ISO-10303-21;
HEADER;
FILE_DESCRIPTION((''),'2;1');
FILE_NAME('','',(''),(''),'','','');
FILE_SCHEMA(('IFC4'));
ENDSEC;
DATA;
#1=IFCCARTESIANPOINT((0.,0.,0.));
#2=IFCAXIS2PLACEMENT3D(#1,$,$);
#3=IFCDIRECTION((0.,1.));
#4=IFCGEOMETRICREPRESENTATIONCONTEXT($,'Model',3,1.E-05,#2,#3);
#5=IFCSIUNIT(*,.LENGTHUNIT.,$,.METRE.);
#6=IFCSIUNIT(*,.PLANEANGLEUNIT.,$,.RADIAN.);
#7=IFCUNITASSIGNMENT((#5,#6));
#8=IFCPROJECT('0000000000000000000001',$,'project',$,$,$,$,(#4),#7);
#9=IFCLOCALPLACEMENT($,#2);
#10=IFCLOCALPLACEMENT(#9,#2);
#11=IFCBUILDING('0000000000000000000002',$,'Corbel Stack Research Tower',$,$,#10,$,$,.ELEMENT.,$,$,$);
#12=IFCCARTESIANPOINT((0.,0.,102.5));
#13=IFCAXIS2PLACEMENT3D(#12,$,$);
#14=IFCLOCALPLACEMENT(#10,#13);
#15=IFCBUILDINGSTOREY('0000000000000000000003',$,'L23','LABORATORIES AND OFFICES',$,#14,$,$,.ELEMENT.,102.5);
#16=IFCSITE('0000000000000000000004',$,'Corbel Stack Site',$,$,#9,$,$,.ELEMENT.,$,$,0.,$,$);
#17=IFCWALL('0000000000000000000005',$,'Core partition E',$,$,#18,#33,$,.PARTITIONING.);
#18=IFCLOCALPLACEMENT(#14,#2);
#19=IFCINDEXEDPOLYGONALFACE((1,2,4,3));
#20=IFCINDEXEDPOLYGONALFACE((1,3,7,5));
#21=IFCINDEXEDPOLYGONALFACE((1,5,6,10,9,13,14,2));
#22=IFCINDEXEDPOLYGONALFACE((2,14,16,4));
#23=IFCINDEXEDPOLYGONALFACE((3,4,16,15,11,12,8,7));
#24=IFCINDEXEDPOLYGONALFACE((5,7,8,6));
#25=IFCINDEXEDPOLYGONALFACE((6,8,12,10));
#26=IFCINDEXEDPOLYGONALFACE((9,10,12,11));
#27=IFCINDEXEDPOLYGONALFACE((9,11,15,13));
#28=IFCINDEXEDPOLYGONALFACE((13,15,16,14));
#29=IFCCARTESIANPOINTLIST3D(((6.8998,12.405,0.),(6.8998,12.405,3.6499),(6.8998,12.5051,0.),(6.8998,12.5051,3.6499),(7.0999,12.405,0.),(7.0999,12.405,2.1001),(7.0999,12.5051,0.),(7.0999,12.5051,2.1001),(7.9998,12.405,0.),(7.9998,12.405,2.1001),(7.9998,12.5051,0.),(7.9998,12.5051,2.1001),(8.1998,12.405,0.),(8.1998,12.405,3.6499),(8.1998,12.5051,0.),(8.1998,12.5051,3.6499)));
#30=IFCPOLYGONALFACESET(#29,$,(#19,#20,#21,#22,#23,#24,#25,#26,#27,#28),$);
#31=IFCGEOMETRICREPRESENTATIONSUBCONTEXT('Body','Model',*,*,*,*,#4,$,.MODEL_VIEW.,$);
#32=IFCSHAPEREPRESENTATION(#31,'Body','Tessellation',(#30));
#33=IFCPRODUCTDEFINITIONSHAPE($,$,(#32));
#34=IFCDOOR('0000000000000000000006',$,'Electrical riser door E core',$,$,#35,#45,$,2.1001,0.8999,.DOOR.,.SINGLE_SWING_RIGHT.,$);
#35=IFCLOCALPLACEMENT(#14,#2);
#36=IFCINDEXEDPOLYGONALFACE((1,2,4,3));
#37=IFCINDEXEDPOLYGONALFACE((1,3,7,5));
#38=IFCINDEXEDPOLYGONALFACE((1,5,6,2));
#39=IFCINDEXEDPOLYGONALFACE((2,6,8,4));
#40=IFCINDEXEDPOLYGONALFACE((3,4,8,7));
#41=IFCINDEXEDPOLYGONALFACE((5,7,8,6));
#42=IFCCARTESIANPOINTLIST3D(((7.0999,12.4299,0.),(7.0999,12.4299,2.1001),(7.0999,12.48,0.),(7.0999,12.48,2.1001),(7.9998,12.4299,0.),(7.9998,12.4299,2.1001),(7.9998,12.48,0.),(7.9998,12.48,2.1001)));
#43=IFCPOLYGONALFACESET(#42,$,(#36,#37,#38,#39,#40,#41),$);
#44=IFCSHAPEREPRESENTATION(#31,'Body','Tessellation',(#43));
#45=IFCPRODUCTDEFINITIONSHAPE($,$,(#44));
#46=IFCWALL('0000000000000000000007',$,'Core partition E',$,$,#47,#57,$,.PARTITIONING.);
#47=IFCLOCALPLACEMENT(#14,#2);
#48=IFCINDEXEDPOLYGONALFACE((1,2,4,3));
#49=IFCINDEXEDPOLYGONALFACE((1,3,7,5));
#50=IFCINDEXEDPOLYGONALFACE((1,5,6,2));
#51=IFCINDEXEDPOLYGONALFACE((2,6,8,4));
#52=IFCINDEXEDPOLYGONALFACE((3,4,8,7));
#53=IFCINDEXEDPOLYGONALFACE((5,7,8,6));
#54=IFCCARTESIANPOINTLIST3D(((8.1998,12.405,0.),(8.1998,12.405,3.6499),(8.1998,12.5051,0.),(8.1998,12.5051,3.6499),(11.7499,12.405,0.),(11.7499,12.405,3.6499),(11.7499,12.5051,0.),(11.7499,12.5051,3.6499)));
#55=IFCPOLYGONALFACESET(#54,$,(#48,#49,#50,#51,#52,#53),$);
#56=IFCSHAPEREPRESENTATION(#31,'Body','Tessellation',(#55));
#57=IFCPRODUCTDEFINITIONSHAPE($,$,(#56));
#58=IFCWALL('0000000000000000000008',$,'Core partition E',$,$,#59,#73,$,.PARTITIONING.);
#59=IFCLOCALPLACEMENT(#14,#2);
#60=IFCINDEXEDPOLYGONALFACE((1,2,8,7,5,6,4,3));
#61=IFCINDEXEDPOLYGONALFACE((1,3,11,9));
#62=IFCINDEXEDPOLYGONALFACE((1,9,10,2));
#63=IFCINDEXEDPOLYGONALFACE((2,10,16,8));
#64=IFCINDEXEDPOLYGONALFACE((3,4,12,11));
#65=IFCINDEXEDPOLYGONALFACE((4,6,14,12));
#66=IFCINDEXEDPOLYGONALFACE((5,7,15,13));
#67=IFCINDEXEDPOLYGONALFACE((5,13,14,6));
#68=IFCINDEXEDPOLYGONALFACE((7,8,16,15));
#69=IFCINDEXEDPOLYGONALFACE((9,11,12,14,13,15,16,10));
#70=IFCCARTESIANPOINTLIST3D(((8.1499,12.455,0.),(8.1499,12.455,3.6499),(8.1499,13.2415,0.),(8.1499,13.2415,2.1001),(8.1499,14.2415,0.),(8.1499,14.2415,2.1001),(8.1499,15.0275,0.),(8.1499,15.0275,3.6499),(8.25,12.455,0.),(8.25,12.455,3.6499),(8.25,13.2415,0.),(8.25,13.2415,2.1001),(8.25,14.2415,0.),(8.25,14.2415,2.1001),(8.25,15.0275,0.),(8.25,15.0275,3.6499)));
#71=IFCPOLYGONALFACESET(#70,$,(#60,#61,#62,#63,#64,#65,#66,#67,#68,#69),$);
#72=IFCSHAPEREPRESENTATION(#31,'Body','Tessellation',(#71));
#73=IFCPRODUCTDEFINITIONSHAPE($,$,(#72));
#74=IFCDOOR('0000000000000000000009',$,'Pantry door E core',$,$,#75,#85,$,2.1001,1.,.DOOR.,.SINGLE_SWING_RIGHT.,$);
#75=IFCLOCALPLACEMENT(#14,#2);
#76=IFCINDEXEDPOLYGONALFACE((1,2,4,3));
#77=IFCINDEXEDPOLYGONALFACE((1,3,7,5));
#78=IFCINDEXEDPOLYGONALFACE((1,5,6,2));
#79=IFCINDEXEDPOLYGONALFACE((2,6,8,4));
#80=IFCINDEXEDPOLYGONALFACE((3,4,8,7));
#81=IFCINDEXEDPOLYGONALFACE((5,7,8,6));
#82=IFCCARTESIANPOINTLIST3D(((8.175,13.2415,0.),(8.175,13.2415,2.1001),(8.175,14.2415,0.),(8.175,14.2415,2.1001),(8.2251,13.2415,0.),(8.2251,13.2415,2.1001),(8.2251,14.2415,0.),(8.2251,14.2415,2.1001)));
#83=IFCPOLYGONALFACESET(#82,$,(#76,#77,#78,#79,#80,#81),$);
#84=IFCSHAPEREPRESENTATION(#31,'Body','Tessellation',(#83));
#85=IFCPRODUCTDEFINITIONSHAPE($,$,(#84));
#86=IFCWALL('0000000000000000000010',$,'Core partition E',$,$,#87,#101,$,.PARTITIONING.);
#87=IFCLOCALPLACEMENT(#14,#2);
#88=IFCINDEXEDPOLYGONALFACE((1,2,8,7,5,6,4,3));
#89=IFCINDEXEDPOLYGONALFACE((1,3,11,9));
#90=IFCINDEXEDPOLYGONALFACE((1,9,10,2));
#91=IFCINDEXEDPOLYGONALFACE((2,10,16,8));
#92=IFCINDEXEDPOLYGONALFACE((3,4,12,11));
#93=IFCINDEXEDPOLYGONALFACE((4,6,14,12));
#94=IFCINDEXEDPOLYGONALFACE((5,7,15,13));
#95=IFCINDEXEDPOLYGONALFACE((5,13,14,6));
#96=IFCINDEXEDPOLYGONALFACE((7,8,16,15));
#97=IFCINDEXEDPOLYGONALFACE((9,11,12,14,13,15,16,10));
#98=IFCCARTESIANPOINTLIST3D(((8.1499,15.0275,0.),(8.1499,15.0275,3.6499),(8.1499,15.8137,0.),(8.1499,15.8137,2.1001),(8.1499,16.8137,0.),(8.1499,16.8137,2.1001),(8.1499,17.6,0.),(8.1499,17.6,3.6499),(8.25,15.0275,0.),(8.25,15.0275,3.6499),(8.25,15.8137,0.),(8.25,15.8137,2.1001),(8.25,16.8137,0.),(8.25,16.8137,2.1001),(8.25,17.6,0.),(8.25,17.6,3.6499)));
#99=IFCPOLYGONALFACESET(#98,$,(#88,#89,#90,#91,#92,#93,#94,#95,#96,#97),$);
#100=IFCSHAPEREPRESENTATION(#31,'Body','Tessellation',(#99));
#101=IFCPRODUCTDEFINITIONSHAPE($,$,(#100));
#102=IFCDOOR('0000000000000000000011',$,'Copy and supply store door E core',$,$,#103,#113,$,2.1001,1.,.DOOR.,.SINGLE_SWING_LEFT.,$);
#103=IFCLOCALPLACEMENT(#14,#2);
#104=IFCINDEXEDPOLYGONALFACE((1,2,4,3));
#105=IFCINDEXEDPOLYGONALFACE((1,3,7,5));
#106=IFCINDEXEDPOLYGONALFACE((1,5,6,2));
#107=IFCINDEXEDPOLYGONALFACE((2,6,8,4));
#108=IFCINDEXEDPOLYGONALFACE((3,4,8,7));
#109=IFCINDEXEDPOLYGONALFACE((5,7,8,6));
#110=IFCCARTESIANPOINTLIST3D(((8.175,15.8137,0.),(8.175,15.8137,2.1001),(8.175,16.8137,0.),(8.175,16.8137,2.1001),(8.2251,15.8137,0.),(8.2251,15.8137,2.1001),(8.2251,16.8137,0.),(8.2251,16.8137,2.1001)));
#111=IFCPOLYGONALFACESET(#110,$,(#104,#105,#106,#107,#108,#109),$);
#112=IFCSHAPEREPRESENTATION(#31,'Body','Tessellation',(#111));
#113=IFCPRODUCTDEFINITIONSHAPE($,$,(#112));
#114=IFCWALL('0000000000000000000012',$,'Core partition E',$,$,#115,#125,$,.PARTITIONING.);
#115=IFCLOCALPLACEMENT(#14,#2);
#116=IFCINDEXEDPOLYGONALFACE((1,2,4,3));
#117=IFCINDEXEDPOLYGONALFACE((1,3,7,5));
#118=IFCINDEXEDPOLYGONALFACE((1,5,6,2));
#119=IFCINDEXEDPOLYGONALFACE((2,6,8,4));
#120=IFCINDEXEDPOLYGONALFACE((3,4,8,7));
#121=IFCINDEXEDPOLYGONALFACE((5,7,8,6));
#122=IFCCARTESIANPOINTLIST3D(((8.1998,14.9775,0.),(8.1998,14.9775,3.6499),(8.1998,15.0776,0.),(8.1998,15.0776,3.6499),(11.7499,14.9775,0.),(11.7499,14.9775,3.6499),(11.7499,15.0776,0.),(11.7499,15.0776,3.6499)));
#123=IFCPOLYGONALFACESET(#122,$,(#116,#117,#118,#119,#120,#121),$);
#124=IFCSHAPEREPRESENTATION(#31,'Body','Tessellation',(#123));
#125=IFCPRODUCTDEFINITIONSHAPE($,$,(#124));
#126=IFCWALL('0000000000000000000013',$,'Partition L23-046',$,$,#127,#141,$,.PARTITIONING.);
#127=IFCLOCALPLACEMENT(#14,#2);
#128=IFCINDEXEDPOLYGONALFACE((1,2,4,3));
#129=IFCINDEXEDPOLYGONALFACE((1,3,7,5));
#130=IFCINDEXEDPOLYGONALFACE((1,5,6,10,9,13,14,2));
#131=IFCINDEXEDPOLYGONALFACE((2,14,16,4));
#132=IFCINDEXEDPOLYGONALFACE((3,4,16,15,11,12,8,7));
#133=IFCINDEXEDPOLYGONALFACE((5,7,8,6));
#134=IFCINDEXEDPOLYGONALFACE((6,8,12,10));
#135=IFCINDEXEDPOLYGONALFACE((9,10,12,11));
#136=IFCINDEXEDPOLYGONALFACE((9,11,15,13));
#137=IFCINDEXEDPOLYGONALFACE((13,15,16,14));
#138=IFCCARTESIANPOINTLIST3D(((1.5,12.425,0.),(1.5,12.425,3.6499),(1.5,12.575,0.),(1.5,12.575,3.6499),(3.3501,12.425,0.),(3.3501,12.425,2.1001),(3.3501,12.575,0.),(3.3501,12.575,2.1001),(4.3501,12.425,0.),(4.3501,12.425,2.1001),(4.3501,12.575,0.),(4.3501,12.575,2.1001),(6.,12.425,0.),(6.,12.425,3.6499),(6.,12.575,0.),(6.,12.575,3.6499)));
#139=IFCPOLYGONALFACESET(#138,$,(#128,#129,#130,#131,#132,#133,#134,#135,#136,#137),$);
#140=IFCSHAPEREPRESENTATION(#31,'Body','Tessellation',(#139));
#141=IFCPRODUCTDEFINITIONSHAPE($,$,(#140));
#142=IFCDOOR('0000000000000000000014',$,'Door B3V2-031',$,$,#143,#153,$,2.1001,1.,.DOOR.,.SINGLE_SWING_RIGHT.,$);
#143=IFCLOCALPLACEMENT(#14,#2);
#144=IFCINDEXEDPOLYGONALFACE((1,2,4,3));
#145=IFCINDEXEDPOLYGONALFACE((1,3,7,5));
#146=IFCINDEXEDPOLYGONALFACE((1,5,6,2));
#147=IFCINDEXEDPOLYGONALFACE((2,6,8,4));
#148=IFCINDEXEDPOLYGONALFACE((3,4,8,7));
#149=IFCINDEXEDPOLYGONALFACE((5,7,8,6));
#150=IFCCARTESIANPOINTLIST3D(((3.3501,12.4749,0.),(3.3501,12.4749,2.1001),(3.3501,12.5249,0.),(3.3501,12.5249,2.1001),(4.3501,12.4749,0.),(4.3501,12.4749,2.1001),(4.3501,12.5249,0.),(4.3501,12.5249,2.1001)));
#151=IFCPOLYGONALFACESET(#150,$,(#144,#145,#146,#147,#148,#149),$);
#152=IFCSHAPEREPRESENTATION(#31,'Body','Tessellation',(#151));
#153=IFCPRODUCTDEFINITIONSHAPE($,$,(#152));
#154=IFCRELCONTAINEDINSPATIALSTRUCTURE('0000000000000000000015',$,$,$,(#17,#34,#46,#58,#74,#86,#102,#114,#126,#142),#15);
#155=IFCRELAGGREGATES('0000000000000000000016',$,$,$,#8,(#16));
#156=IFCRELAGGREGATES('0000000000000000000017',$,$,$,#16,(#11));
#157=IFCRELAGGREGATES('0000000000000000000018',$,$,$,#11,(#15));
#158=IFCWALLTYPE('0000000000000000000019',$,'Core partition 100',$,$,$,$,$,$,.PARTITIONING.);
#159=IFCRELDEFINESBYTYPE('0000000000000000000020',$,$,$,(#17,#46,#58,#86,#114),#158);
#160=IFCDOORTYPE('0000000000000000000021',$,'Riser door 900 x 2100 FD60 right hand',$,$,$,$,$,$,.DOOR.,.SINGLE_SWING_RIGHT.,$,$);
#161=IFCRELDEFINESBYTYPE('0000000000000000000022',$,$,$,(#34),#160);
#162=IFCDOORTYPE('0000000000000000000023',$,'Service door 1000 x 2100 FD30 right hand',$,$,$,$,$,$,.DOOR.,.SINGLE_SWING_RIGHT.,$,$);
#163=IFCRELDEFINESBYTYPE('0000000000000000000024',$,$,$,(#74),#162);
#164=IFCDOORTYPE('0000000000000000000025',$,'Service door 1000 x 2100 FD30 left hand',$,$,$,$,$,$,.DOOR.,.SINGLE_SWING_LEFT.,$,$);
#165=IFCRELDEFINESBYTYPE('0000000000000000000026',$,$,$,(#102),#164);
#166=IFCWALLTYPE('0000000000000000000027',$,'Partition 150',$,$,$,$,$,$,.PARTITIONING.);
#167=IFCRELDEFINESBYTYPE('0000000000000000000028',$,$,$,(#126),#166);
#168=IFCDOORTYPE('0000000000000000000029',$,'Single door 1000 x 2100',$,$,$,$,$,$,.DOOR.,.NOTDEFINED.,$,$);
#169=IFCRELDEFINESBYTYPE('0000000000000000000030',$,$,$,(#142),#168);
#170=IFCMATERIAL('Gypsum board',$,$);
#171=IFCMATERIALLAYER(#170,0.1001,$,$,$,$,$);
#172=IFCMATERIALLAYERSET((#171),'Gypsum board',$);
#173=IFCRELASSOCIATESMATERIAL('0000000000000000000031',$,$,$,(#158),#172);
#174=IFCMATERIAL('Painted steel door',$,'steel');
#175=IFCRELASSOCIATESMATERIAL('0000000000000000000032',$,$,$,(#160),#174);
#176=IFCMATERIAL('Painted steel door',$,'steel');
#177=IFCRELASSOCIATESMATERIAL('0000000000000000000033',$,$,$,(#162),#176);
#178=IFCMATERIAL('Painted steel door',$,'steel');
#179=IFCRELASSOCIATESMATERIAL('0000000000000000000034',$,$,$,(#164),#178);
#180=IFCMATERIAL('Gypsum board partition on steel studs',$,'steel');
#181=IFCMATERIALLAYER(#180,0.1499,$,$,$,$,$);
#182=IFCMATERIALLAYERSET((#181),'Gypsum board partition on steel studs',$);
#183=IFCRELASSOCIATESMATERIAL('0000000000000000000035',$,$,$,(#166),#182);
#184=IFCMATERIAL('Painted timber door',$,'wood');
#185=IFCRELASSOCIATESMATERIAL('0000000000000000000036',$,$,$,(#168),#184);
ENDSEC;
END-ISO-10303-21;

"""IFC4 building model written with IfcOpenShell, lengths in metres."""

from ifc_helpers import new_model, si_unit, direction, frame, frame_2d, origin, place, context, subcontext, project, spatial, rectangle, extrude, material, layer, layer_set, type_object, element, fill, save


model = new_model("IFC4")

# Units and contexts
model_context = context("Model", 3, precision=1e-05, world=origin(), true_north=direction((0.0, 1.0)))
body_context = subcontext(model_context, "Body", "Model", "MODEL_VIEW")
ifc_project = project(units=[si_unit("LENGTHUNIT", "METRE"), si_unit("PLANEANGLEUNIT", "RADIAN")], contexts=[model_context])

# Site, building, storey
site_placement = place(None, origin())
site = spatial("IfcSite", under=ifc_project, at=site_placement, Name="Corbel Stack Site", CompositionType="ELEMENT", RefElevation=0.0)
building_placement = place(site_placement, origin())
building = spatial("IfcBuilding", under=site, at=building_placement, Name="Corbel Stack Research Tower", CompositionType="ELEMENT")
storey_placement = place(building_placement, frame((0.0, 0.0, 102.5)))
storey = spatial("IfcBuildingStorey", under=building, at=storey_placement, Name="L23", Description="LABORATORIES AND OFFICES", CompositionType="ELEMENT", Elevation=102.5)

# Wall, opening, door
ifc_material_1 = material(Name="Gypsum board")
ifc_layer_1 = layer(ifc_material_1, 0.1001)
ifc_layer_set_1 = layer_set([ifc_layer_1], Name="Gypsum board")
wall_type_1 = type_object("IfcWallType", Name="Core partition 100", PredefinedType="PARTITIONING", material=ifc_layer_set_1)
wall_1_placement = place(storey_placement, frame((6.8999, 12.4551, 0.0), z_axis=(0.0, 0.0, 1.0), x_axis=(1.0, 0.0, 0.0)))
wall_1 = element("IfcWall", 1, at=wall_1_placement, inside=storey, type_object=wall_type_1, Name="Core partition E", PredefinedType="PARTITIONING", context=body_context, shape_type="SweptSolid", body=[
    extrude(rectangle(XDim=1.3, YDim=0.1001, at=frame_2d((0.6499, 0.0))), origin(), (0.0, 0.0, 1.0), 3.6499),
])
opening_1_placement = place(wall_1_placement, frame((0.2, 0.0, 0.0)))
opening_1 = element("IfcOpeningElement", 2, at=opening_1_placement, cuts=wall_1, PredefinedType="OPENING", context=body_context, shape_type="SweptSolid", body=[
    extrude(rectangle(XDim=0.8999, YDim=2.1001, at=frame_2d((0.45, 1.05))), frame((0.0, 0.0601, 0.0), z_axis=(0.0, -1.0, 0.0), x_axis=(1.0, 0.0, 0.0)), (0.0, 0.0, 1.0), 0.1201),
])
ifc_material_2 = material(Name="Painted steel door", Category="steel")
door_type_1 = type_object("IfcDoorType", Name="Riser door 900 x 2100 FD60 right hand", OperationType="SINGLE_SWING_RIGHT", PredefinedType="DOOR", material=ifc_material_2)
door_1_placement = place(opening_1_placement, origin())
door_1 = element("IfcDoor", 3, at=door_1_placement, inside=storey, type_object=door_type_1, Name="Electrical riser door E core", OperationType="SINGLE_SWING_RIGHT", OverallHeight=2.1001, OverallWidth=0.8999, PredefinedType="DOOR", context=body_context, shape_type="SweptSolid", body=[
    extrude(rectangle(XDim=0.8999, YDim=2.1001, at=frame_2d((0.45, 1.05))), frame((0.0, 0.0249, 0.0), z_axis=(0.0, -1.0, 0.0), x_axis=(1.0, 0.0, 0.0)), (0.0, 0.0, 1.0), 0.05),
])
fill(opening_1, door_1)

# Wall
wall_2_placement = place(storey_placement, frame((8.2, 12.4551, 0.0), z_axis=(0.0, 0.0, 1.0), x_axis=(1.0, 0.0, 0.0)))
element("IfcWall", 4, at=wall_2_placement, inside=storey, type_object=wall_type_1, Name="Core partition E", PredefinedType="PARTITIONING", context=body_context, shape_type="SweptSolid", body=[
    extrude(rectangle(XDim=3.55, YDim=0.1001, at=frame_2d((1.7749, 0.0))), origin(), (0.0, 0.0, 1.0), 3.6499),
])

# Walls, openings, doors
wall_3_placement = place(storey_placement, frame((8.2, 12.4551, 0.0), z_axis=(0.0, 0.0, 1.0), x_axis=(0.0, 1.0, 0.0)))
wall_3 = element("IfcWall", 5, at=wall_3_placement, inside=storey, type_object=wall_type_1, Name="Core partition E", PredefinedType="PARTITIONING", context=body_context, shape_type="SweptSolid", body=[
    extrude(rectangle(XDim=2.5725, YDim=0.1001, at=frame_2d((1.2861, 0.0))), origin(), (0.0, 0.0, 1.0), 3.6499),
])
opening_2_placement = place(wall_3_placement, frame((0.7864, 0.0, 0.0)))
opening_2 = element("IfcOpeningElement", 6, at=opening_2_placement, cuts=wall_3, PredefinedType="OPENING", context=body_context, shape_type="SweptSolid", body=[
    extrude(rectangle(XDim=1.0, YDim=2.1001, at=frame_2d((0.5, 1.05))), frame((0.0, 0.0601, 0.0), z_axis=(0.0, -1.0, 0.0), x_axis=(1.0, 0.0, 0.0)), (0.0, 0.0, 1.0), 0.1201),
])
ifc_material_3 = material(Name="Painted steel door", Category="steel")
door_type_2 = type_object("IfcDoorType", Name="Service door 1000 x 2100 FD30 right hand", OperationType="SINGLE_SWING_RIGHT", PredefinedType="DOOR", material=ifc_material_3)
door_2_placement = place(opening_2_placement, origin())
door_2 = element("IfcDoor", 7, at=door_2_placement, inside=storey, type_object=door_type_2, Name="Pantry door E core", OperationType="SINGLE_SWING_RIGHT", OverallHeight=2.1001, OverallWidth=1.0, PredefinedType="DOOR", context=body_context, shape_type="SweptSolid", body=[
    extrude(rectangle(XDim=1.0, YDim=2.1001, at=frame_2d((0.5, 1.05))), frame((0.0, 0.0249, 0.0), z_axis=(0.0, -1.0, 0.0), x_axis=(1.0, 0.0, 0.0)), (0.0, 0.0, 1.0), 0.05),
])
fill(opening_2, door_2)
wall_4_placement = place(storey_placement, frame((8.2, 15.0276, 0.0), z_axis=(0.0, 0.0, 1.0), x_axis=(0.0, 1.0, 0.0)))
wall_4 = element("IfcWall", 8, at=wall_4_placement, inside=storey, type_object=wall_type_1, Name="Core partition E", PredefinedType="PARTITIONING", context=body_context, shape_type="SweptSolid", body=[
    extrude(rectangle(XDim=2.5725, YDim=0.1001, at=frame_2d((1.2861, 0.0))), origin(), (0.0, 0.0, 1.0), 3.6499),
])
opening_3_placement = place(wall_4_placement, frame((0.7861, 0.0, 0.0)))
opening_3 = element("IfcOpeningElement", 9, at=opening_3_placement, cuts=wall_4, PredefinedType="OPENING", context=body_context, shape_type="SweptSolid", body=[
    extrude(rectangle(XDim=1.0, YDim=2.1001, at=frame_2d((0.5, 1.05))), frame((0.0, 0.0601, 0.0), z_axis=(0.0, -1.0, 0.0), x_axis=(1.0, 0.0, 0.0)), (0.0, 0.0, 1.0), 0.1201),
])
ifc_material_4 = material(Name="Painted steel door", Category="steel")
door_type_3 = type_object("IfcDoorType", Name="Service door 1000 x 2100 FD30 left hand", OperationType="SINGLE_SWING_LEFT", PredefinedType="DOOR", material=ifc_material_4)
door_3_placement = place(opening_3_placement, origin())
door_3 = element("IfcDoor", 10, at=door_3_placement, inside=storey, type_object=door_type_3, Name="Copy and supply store door E core", OperationType="SINGLE_SWING_LEFT", OverallHeight=2.1001, OverallWidth=1.0, PredefinedType="DOOR", context=body_context, shape_type="SweptSolid", body=[
    extrude(rectangle(XDim=1.0, YDim=2.1001, at=frame_2d((0.5, 1.05))), frame((0.0, 0.0249, 0.0), z_axis=(0.0, -1.0, 0.0), x_axis=(1.0, 0.0, 0.0)), (0.0, 0.0, 1.0), 0.05),
])
fill(opening_3, door_3)

# Wall
wall_5_placement = place(storey_placement, frame((8.2, 15.0276, 0.0), z_axis=(0.0, 0.0, 1.0), x_axis=(1.0, 0.0, 0.0)))
element("IfcWall", 11, at=wall_5_placement, inside=storey, type_object=wall_type_1, Name="Core partition E", PredefinedType="PARTITIONING", context=body_context, shape_type="SweptSolid", body=[
    extrude(rectangle(XDim=3.55, YDim=0.1001, at=frame_2d((1.7749, 0.0))), origin(), (0.0, 0.0, 1.0), 3.6499),
])

# Wall, opening, door
ifc_material_5 = material(Name="Gypsum board partition on steel studs", Category="steel")
ifc_layer_2 = layer(ifc_material_5, 0.1499)
ifc_layer_set_2 = layer_set([ifc_layer_2], Name="Gypsum board partition on steel studs")
wall_type_2 = type_object("IfcWallType", Name="Partition 150", PredefinedType="PARTITIONING", material=ifc_layer_set_2)
wall_6_placement = place(storey_placement, frame((1.5, 12.5, 0.0), z_axis=(0.0, 0.0, 1.0), x_axis=(1.0, 0.0, 0.0)))
wall_6 = element("IfcWall", 12, at=wall_6_placement, inside=storey, type_object=wall_type_2, Name="Partition L23-046", PredefinedType="PARTITIONING", context=body_context, shape_type="SweptSolid", body=[
    extrude(rectangle(XDim=4.5, YDim=0.1499, at=frame_2d((2.25, 0.0))), origin(), (0.0, 0.0, 1.0), 3.6499),
])
opening_4_placement = place(wall_6_placement, frame((1.8501, 0.0, 0.0)))
opening_4 = element("IfcOpeningElement", 13, at=opening_4_placement, cuts=wall_6, PredefinedType="OPENING", context=body_context, shape_type="SweptSolid", body=[
    extrude(rectangle(XDim=1.0, YDim=2.1001, at=frame_2d((0.5, 1.05))), frame((0.0, 0.085, 0.0), z_axis=(0.0, -1.0, 0.0), x_axis=(1.0, 0.0, 0.0)), (0.0, 0.0, 1.0), 0.1699),
])
ifc_material_6 = material(Name="Painted timber door", Category="wood")
door_type_4 = type_object("IfcDoorType", Name="Single door 1000 x 2100", OperationType="NOTDEFINED", PredefinedType="DOOR", material=ifc_material_6)
door_4_placement = place(opening_4_placement, origin())
door_4 = element("IfcDoor", 14, at=door_4_placement, inside=storey, type_object=door_type_4, Name="Door B3V2-031", OperationType="SINGLE_SWING_RIGHT", OverallHeight=2.1001, OverallWidth=1.0, PredefinedType="DOOR", context=body_context, shape_type="SweptSolid", body=[
    extrude(rectangle(XDim=1.0, YDim=2.1001, at=frame_2d((0.5, 1.05))), frame((0.0, 0.0249, 0.0), z_axis=(0.0, -1.0, 0.0), x_axis=(1.0, 0.0, 0.0)), (0.0, 0.0, 1.0), 0.05),
])
fill(opening_4, door_4)

save(model, "model.ifc")
